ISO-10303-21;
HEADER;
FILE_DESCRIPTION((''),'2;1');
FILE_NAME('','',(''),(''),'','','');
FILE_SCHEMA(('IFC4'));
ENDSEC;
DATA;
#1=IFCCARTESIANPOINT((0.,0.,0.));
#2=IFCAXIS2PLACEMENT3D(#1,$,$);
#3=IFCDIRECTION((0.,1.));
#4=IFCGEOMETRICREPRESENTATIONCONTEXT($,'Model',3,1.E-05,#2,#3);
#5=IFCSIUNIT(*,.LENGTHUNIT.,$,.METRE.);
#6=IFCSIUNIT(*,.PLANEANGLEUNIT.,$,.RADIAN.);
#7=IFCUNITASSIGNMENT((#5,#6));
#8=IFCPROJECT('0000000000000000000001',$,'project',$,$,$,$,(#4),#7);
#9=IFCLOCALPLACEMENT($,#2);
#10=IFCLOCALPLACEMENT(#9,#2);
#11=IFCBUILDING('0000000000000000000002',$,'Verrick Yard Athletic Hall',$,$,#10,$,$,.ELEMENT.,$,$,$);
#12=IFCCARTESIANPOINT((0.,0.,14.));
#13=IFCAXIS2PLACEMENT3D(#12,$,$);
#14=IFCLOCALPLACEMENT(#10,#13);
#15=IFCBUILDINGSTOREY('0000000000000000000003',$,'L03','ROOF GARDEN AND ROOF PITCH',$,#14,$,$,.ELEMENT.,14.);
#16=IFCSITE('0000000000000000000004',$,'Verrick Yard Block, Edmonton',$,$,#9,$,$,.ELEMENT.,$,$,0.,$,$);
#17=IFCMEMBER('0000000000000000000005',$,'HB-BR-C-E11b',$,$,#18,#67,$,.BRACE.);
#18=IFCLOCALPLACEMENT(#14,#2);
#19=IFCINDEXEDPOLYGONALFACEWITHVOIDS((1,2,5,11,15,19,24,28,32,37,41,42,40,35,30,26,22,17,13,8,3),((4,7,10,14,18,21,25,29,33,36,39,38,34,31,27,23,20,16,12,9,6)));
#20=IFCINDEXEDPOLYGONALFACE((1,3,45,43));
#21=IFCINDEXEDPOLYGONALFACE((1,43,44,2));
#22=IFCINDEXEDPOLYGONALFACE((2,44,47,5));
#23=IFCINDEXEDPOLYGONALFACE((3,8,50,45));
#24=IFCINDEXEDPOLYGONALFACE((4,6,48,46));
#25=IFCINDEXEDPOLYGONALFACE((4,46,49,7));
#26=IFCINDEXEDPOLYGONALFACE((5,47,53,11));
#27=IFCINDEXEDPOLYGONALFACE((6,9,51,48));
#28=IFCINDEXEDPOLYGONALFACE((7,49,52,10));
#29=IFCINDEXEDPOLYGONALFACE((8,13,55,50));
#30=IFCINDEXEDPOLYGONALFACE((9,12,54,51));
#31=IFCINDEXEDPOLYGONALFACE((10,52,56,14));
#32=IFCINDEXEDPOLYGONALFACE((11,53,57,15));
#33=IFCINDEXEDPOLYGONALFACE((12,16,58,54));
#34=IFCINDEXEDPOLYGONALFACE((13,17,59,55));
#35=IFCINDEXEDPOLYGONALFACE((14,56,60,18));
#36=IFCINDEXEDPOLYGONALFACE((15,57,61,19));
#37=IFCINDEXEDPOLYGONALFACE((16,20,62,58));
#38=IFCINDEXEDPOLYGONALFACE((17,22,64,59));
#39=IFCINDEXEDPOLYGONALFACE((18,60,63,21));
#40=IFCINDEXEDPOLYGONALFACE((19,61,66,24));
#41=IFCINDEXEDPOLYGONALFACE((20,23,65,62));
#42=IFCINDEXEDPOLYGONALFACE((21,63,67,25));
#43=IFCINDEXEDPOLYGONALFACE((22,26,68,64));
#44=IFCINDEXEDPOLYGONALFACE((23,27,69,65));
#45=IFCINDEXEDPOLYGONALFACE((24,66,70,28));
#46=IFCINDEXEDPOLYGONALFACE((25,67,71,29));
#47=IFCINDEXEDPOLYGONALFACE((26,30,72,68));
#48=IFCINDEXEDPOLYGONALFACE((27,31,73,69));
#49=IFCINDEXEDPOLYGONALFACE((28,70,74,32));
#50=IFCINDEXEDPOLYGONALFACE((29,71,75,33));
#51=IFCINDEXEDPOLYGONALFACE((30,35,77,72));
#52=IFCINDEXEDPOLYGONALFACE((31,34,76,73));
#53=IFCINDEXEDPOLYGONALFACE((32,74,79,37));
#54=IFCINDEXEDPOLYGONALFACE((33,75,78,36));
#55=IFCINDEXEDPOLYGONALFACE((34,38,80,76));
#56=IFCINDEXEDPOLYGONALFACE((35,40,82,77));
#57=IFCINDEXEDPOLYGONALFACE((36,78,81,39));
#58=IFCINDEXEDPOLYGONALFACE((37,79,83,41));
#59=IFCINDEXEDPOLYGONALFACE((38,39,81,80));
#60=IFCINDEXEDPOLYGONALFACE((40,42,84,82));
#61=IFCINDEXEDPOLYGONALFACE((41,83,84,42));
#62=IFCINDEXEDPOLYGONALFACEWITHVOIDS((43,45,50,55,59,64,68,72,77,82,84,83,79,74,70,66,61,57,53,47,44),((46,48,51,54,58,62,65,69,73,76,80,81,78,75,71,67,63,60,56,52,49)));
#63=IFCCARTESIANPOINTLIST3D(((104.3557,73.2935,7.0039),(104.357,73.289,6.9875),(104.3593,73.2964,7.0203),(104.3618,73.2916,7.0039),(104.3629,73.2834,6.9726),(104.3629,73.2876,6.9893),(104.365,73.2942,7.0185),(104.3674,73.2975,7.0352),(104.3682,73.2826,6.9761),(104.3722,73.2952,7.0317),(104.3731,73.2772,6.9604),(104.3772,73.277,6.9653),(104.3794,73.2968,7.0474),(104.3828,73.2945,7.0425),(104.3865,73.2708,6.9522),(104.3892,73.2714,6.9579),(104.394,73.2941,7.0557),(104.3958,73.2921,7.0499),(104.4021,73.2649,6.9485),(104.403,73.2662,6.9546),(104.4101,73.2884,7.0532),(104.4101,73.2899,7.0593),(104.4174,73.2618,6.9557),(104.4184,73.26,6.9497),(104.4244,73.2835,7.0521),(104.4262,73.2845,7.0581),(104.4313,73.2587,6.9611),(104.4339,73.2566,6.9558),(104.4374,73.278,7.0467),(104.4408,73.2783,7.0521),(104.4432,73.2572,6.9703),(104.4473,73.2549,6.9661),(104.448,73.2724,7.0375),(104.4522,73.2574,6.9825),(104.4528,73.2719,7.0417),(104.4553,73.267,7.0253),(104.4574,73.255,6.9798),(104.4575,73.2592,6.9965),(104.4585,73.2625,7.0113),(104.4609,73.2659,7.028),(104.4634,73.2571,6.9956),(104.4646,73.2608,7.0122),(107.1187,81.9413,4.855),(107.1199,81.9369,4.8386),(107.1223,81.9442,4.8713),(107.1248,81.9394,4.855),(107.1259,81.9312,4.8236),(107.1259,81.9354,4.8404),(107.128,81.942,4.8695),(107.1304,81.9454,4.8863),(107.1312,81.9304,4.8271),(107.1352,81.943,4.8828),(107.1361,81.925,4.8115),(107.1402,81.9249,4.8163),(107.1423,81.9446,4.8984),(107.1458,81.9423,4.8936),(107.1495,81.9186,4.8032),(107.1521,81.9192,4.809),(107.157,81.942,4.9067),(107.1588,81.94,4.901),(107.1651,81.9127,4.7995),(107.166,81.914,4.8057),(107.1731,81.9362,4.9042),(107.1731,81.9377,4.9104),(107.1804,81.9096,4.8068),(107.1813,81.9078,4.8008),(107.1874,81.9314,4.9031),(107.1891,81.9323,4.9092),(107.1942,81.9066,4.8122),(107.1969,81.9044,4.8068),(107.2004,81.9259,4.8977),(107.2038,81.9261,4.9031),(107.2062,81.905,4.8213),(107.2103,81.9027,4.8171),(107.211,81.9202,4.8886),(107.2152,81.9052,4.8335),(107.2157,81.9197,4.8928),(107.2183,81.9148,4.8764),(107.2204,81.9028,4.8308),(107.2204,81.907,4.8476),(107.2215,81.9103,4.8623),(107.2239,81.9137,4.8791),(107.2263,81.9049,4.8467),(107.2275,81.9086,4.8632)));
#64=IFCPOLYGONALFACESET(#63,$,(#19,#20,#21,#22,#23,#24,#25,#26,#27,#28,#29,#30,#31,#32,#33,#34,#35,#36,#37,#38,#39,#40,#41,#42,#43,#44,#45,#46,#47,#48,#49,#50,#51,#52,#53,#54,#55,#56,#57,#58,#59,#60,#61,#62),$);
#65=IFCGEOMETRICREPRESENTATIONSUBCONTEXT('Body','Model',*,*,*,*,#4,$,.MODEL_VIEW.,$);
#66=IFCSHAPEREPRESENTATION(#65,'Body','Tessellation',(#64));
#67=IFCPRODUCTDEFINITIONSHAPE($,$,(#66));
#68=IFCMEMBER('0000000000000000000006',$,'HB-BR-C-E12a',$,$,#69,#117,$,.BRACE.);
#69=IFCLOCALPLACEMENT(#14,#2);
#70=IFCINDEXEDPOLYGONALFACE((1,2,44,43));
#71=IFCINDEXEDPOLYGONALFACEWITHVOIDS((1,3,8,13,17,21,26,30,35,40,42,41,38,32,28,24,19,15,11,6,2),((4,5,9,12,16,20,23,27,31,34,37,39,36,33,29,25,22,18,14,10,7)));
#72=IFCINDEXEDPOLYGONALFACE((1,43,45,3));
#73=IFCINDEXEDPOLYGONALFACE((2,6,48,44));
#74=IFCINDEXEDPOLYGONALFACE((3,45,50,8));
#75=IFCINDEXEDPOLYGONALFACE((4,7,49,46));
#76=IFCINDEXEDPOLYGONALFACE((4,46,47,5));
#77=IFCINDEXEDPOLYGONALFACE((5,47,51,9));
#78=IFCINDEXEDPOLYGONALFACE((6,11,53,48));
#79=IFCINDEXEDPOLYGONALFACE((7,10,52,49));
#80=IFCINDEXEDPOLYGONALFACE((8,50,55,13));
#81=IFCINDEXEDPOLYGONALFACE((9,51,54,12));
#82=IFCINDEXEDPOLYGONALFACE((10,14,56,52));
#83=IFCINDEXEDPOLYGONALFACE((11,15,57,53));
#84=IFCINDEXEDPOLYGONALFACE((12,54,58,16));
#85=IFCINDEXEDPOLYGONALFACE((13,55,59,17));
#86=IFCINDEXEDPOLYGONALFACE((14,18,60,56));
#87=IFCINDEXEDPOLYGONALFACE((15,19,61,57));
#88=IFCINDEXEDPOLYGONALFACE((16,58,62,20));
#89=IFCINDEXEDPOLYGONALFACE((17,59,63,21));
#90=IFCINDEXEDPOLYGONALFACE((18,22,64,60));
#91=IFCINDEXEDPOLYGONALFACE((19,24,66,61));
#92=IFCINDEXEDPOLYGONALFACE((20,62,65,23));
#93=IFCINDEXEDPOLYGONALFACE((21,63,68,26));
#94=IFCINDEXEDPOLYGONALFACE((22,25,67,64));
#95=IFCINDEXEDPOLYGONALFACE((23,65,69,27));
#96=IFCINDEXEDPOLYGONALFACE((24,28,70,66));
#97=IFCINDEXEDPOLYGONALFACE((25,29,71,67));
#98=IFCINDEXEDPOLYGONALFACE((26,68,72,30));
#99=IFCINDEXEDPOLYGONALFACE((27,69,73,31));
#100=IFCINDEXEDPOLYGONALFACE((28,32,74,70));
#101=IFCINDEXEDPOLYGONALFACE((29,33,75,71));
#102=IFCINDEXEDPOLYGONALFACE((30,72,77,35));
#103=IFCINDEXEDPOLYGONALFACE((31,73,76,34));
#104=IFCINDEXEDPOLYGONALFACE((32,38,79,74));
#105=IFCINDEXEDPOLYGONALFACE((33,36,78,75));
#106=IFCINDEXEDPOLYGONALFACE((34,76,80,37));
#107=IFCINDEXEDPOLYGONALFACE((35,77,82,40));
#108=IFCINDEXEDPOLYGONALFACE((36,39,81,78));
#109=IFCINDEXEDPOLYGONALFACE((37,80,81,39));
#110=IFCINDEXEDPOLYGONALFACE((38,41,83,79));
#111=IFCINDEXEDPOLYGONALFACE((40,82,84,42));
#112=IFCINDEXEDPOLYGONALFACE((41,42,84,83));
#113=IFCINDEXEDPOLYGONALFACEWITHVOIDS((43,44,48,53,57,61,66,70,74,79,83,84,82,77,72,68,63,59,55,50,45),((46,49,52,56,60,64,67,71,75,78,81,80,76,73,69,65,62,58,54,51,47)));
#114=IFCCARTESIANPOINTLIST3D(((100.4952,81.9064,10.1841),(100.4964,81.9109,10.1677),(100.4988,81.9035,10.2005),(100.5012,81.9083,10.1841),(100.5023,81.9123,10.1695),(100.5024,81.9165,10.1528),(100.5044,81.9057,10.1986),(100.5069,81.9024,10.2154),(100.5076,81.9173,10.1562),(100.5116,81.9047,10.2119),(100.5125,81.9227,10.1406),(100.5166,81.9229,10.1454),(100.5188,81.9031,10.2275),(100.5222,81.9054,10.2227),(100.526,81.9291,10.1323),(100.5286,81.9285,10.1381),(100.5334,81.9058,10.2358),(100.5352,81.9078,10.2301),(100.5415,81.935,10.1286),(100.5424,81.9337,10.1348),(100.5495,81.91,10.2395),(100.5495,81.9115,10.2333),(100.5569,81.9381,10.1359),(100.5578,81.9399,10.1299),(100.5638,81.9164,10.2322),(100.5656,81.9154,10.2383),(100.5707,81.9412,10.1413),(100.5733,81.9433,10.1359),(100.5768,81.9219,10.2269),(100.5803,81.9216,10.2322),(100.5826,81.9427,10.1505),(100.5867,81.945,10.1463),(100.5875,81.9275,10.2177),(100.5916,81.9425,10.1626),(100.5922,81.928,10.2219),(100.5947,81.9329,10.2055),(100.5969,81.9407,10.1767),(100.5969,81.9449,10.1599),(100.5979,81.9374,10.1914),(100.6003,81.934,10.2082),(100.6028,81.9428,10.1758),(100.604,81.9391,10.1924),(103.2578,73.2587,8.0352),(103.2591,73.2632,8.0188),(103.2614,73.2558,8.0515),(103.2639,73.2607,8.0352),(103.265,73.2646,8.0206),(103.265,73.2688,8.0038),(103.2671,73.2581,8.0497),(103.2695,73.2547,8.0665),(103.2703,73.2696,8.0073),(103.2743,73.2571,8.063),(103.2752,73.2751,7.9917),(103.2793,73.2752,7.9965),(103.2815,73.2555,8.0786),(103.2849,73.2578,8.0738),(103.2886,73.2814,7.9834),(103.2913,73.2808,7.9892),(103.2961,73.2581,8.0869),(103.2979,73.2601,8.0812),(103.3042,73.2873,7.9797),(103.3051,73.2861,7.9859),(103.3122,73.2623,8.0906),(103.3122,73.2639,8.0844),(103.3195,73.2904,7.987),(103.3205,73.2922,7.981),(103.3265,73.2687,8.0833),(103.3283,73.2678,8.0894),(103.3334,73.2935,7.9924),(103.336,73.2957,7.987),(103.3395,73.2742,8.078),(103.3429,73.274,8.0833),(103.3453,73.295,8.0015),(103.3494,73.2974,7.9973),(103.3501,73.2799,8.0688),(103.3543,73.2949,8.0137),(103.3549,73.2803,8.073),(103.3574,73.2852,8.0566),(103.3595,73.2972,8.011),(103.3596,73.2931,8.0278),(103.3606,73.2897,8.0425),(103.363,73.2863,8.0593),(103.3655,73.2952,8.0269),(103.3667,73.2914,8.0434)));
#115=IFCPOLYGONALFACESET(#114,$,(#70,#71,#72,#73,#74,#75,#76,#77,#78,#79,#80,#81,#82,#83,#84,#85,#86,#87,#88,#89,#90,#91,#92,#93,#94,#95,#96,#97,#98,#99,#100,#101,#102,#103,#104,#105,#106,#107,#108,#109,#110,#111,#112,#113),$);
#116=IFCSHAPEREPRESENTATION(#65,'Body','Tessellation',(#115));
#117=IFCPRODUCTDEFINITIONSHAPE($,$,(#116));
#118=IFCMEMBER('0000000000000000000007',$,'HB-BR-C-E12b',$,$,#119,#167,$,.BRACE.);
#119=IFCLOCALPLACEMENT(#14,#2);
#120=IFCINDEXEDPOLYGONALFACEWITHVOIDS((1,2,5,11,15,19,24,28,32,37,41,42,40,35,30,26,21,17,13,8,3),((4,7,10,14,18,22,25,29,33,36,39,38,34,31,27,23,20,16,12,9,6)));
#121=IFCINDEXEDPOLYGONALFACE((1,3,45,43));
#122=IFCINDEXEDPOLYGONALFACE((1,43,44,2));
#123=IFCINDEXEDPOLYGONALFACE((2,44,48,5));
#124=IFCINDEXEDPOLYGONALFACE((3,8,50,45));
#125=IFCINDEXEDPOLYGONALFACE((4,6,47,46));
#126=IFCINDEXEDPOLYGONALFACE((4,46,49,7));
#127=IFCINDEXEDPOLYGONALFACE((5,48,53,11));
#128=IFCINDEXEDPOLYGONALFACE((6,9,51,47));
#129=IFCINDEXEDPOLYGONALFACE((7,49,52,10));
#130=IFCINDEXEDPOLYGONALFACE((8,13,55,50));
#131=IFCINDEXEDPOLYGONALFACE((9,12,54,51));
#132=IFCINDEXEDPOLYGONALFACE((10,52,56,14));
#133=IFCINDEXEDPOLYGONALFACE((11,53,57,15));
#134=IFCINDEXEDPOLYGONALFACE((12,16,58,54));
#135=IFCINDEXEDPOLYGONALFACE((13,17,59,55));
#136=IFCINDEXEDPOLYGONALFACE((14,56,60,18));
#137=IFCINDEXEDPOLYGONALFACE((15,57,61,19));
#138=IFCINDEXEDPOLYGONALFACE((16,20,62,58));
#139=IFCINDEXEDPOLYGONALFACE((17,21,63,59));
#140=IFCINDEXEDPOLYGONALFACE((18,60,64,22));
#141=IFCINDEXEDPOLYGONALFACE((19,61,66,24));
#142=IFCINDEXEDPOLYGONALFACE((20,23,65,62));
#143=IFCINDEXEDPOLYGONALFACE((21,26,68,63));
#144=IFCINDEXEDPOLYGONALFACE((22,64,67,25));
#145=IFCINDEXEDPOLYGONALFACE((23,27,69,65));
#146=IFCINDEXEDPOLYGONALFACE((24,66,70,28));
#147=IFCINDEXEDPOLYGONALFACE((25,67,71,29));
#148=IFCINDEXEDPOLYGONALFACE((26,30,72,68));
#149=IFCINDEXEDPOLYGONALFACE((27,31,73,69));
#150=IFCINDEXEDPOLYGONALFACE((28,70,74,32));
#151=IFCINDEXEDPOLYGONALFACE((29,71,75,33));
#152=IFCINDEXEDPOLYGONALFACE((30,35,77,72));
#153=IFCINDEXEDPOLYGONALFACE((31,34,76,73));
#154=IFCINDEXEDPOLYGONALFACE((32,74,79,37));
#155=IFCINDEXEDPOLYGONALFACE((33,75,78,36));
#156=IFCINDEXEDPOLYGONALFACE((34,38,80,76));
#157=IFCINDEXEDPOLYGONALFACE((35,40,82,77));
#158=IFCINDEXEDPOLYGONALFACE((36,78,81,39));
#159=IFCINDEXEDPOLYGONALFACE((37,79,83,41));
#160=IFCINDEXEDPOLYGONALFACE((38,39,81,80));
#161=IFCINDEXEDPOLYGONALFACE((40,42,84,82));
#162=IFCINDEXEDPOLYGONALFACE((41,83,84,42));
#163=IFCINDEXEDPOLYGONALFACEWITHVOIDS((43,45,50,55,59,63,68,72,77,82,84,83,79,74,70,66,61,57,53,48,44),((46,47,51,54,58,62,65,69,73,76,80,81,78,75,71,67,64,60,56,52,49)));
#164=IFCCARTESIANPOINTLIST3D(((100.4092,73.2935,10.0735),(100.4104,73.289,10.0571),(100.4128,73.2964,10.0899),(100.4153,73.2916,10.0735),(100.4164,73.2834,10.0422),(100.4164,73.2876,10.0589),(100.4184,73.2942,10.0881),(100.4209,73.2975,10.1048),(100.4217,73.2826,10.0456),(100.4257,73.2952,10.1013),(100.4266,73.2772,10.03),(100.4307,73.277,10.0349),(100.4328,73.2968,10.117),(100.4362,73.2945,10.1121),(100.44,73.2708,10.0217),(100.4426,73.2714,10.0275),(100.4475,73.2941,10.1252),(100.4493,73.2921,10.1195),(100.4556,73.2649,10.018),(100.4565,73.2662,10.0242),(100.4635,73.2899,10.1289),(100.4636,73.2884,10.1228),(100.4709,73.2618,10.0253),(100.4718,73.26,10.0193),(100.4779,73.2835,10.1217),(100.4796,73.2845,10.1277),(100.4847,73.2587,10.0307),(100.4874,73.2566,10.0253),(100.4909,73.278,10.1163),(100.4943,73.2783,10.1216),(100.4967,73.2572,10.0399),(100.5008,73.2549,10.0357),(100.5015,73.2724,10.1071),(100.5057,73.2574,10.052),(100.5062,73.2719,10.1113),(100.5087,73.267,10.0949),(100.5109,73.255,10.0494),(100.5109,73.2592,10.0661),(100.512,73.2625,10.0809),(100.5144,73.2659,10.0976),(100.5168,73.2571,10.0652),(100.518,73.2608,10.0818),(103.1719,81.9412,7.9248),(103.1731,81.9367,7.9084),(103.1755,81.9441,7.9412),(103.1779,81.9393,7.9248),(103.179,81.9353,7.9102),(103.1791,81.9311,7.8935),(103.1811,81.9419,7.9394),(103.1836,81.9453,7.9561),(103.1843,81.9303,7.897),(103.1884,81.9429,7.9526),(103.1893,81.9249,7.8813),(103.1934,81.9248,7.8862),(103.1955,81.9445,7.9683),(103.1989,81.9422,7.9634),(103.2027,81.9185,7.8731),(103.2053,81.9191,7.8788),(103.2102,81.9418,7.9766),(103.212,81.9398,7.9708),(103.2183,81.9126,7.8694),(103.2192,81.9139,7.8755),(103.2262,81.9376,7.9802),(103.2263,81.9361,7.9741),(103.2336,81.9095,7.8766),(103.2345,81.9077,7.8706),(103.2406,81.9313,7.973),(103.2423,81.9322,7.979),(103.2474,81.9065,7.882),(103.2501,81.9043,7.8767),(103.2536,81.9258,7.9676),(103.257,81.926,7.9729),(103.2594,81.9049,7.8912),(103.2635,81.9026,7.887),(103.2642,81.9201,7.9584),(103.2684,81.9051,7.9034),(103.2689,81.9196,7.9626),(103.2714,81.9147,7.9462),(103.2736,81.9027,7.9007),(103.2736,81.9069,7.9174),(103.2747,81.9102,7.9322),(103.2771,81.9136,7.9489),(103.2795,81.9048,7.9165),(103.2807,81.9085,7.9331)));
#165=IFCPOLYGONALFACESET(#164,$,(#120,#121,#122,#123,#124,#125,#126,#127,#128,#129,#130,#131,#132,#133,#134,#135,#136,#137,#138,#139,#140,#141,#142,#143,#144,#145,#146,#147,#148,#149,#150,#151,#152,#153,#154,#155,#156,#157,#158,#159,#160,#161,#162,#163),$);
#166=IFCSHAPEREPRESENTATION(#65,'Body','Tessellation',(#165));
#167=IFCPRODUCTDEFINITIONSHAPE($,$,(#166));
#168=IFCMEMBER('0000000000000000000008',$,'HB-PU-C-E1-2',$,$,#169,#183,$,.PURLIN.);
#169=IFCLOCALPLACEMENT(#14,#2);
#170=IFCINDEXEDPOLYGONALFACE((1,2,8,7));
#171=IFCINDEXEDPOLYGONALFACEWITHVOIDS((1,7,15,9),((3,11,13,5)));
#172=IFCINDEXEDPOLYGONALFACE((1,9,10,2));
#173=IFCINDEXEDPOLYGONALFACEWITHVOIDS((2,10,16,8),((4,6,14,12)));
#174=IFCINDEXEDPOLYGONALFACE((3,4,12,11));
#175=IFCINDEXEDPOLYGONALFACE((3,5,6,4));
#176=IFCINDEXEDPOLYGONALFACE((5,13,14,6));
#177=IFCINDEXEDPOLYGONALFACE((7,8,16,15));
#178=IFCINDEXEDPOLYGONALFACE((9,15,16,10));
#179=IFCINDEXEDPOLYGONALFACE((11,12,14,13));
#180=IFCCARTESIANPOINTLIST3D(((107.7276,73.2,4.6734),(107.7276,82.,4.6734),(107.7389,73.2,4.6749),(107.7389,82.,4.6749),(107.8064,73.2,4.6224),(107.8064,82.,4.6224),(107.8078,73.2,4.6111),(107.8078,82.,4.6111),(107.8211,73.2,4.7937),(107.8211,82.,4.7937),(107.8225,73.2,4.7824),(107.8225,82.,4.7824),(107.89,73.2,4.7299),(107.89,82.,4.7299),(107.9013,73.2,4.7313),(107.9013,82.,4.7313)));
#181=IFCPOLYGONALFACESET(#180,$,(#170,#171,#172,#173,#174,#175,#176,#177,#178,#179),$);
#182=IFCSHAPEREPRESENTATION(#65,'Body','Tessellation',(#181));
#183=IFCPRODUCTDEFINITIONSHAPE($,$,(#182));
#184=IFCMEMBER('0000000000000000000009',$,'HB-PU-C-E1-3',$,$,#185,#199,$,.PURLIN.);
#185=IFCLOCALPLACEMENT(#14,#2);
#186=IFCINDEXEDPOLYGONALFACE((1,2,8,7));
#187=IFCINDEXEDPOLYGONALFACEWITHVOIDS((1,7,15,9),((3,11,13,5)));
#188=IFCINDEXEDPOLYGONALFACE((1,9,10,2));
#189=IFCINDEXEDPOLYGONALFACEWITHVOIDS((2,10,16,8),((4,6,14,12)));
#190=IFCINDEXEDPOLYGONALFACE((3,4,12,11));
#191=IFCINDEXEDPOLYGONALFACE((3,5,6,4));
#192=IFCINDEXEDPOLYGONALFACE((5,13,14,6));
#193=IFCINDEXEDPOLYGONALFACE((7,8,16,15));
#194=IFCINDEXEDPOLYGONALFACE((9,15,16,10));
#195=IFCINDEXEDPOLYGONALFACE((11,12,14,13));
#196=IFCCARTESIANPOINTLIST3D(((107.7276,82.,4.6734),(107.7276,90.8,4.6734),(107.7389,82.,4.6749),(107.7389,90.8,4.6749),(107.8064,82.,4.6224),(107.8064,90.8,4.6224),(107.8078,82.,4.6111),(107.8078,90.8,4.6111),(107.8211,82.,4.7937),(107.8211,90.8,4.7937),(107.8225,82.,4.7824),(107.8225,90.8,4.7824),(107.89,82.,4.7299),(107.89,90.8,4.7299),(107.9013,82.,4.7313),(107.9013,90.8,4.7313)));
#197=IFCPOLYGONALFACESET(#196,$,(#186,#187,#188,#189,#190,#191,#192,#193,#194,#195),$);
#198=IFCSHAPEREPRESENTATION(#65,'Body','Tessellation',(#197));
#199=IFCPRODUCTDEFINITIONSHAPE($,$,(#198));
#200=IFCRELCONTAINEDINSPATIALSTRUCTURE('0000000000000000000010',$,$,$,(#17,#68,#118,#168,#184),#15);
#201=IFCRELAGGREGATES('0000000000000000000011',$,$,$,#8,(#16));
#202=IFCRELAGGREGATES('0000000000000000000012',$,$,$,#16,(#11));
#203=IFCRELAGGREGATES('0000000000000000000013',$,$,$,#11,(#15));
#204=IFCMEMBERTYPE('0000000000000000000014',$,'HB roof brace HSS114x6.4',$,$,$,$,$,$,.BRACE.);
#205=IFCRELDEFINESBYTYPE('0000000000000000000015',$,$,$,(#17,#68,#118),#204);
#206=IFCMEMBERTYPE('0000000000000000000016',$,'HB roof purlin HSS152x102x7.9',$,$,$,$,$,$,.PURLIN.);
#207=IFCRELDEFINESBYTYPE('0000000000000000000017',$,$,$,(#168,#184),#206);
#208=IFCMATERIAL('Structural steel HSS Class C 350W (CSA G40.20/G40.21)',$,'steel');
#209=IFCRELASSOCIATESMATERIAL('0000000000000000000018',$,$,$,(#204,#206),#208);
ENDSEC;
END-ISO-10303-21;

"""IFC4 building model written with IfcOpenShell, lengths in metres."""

from ifc_helpers import new_model, si_unit, direction, frame, origin, origin_2d, place, context, subcontext, project, spatial, hollow_rectangle, hollow_circle, extrude, material, material_profile, profile_set, type_object, element, save


model = new_model("IFC4")

# Units and contexts
model_context = context("Model", 3, precision=1e-05, world=origin(), true_north=direction((0.0, 1.0)))
body_context = subcontext(model_context, "Body", "Model", "MODEL_VIEW")
ifc_project = project(units=[si_unit("LENGTHUNIT", "METRE"), si_unit("PLANEANGLEUNIT", "RADIAN")], contexts=[model_context])

# Site, building, storey
site_placement = place(None, origin())
site = spatial("IfcSite", under=ifc_project, at=site_placement, Name="Verrick Yard Block, Edmonton", CompositionType="ELEMENT", RefElevation=0.0)
building_placement = place(site_placement, origin())
building = spatial("IfcBuilding", under=site, at=building_placement, Name="Verrick Yard Athletic Hall", CompositionType="ELEMENT")
storey_placement = place(building_placement, frame((0.0, 0.0, 14.0)))
storey = spatial("IfcBuildingStorey", under=building, at=storey_placement, Name="L03", Description="ROOF GARDEN AND ROOF PITCH", CompositionType="ELEMENT", Elevation=14.0)

# Shared definitions
ifc_material_1 = material(Name="Structural steel HSS Class C 350W (CSA G40.20/G40.21)", Category="steel")

# Members
ifc_material_profile_1 = material_profile(ifc_material_1, hollow_circle(Radius=0.0571, WallThickness=0.0063, at=origin_2d()), Name="HSS114x6.4")
ifc_profile_set_1 = profile_set([ifc_material_profile_1], Name="Structural steel HSS Class C 350W (CSA G40.20/G40.21)")
member_type_1 = type_object("IfcMemberType", Name="HB roof brace HSS114x6.4", PredefinedType="BRACE", material=ifc_profile_set_1)
member_1_placement = place(storey_placement, frame((104.4102, 73.2761, 7.0039), z_axis=(0.296159, 0.926947, -0.230343), x_axis=(-0.952562, 0.304343, 0.0)))
element("IfcMember", 1, at=member_1_placement, inside=storey, type_object=member_type_1, Name="HB-BR-C-E11b", PredefinedType="BRACE", context=body_context, shape_type="SweptSolid", body=[
    extrude(hollow_circle(Radius=0.0571, WallThickness=0.0063, at=origin_2d()), origin(), (0.0, 0.0, 1.0), 9.3293),
])
for number, where, z_axis, x_axis, name in (
    (2, (103.3123, 73.2761, 8.0352), (-0.296136, 0.926955, 0.230345), (-0.95257, -0.304319, 0.0), "HB-BR-C-E12a"),
    (3, (100.4636, 73.2761, 10.0735), (0.296137, 0.92696, -0.23032), (-0.95257, 0.304319, 0.0), "HB-BR-C-E12b"),
):
    element("IfcMember", number, at=place(storey_placement, frame(where, z_axis=z_axis, x_axis=x_axis)), inside=storey, type_object=member_type_1, Name=name, PredefinedType="BRACE", context=body_context, shape_type="SweptSolid", body=[
        extrude(hollow_circle(Radius=0.0571, WallThickness=0.0063, at=origin_2d()), origin(), (0.0, 0.0, 1.0), 9.3291),
    ])
ifc_material_profile_2 = material_profile(ifc_material_1, hollow_rectangle(XDim=0.1016, YDim=0.1523, WallThickness=0.0081, at=origin_2d()), Name="HSS152x102x7.9")
ifc_profile_set_2 = profile_set([ifc_material_profile_2], Name="Structural steel HSS Class C 350W (CSA G40.20/G40.21)")
member_type_2 = type_object("IfcMemberType", Name="HB roof purlin HSS152x102x7.9", PredefinedType="PURLIN", material=ifc_profile_set_2)
for number, where, z_axis, x_axis, name in (
    (4, (107.8145, 73.2, 4.7024), (0.0, 1.0, 0.0), (-0.789352, 0.0, 0.613941), "HB-PU-C-E1-2"),
    (5, (107.8145, 82.0, 4.7024), (0.0, 1.0, 0.0), (-0.789352, 0.0, 0.613941), "HB-PU-C-E1-3"),
):
    element("IfcMember", number, at=place(storey_placement, frame(where, z_axis=z_axis, x_axis=x_axis)), inside=storey, type_object=member_type_2, Name=name, PredefinedType="PURLIN", context=body_context, shape_type="SweptSolid", body=[
        extrude(hollow_rectangle(XDim=0.1016, YDim=0.1523, WallThickness=0.0081, at=origin_2d()), origin(), (0.0, 0.0, 1.0), 8.8),
    ])

save(model, "model.ifc")
